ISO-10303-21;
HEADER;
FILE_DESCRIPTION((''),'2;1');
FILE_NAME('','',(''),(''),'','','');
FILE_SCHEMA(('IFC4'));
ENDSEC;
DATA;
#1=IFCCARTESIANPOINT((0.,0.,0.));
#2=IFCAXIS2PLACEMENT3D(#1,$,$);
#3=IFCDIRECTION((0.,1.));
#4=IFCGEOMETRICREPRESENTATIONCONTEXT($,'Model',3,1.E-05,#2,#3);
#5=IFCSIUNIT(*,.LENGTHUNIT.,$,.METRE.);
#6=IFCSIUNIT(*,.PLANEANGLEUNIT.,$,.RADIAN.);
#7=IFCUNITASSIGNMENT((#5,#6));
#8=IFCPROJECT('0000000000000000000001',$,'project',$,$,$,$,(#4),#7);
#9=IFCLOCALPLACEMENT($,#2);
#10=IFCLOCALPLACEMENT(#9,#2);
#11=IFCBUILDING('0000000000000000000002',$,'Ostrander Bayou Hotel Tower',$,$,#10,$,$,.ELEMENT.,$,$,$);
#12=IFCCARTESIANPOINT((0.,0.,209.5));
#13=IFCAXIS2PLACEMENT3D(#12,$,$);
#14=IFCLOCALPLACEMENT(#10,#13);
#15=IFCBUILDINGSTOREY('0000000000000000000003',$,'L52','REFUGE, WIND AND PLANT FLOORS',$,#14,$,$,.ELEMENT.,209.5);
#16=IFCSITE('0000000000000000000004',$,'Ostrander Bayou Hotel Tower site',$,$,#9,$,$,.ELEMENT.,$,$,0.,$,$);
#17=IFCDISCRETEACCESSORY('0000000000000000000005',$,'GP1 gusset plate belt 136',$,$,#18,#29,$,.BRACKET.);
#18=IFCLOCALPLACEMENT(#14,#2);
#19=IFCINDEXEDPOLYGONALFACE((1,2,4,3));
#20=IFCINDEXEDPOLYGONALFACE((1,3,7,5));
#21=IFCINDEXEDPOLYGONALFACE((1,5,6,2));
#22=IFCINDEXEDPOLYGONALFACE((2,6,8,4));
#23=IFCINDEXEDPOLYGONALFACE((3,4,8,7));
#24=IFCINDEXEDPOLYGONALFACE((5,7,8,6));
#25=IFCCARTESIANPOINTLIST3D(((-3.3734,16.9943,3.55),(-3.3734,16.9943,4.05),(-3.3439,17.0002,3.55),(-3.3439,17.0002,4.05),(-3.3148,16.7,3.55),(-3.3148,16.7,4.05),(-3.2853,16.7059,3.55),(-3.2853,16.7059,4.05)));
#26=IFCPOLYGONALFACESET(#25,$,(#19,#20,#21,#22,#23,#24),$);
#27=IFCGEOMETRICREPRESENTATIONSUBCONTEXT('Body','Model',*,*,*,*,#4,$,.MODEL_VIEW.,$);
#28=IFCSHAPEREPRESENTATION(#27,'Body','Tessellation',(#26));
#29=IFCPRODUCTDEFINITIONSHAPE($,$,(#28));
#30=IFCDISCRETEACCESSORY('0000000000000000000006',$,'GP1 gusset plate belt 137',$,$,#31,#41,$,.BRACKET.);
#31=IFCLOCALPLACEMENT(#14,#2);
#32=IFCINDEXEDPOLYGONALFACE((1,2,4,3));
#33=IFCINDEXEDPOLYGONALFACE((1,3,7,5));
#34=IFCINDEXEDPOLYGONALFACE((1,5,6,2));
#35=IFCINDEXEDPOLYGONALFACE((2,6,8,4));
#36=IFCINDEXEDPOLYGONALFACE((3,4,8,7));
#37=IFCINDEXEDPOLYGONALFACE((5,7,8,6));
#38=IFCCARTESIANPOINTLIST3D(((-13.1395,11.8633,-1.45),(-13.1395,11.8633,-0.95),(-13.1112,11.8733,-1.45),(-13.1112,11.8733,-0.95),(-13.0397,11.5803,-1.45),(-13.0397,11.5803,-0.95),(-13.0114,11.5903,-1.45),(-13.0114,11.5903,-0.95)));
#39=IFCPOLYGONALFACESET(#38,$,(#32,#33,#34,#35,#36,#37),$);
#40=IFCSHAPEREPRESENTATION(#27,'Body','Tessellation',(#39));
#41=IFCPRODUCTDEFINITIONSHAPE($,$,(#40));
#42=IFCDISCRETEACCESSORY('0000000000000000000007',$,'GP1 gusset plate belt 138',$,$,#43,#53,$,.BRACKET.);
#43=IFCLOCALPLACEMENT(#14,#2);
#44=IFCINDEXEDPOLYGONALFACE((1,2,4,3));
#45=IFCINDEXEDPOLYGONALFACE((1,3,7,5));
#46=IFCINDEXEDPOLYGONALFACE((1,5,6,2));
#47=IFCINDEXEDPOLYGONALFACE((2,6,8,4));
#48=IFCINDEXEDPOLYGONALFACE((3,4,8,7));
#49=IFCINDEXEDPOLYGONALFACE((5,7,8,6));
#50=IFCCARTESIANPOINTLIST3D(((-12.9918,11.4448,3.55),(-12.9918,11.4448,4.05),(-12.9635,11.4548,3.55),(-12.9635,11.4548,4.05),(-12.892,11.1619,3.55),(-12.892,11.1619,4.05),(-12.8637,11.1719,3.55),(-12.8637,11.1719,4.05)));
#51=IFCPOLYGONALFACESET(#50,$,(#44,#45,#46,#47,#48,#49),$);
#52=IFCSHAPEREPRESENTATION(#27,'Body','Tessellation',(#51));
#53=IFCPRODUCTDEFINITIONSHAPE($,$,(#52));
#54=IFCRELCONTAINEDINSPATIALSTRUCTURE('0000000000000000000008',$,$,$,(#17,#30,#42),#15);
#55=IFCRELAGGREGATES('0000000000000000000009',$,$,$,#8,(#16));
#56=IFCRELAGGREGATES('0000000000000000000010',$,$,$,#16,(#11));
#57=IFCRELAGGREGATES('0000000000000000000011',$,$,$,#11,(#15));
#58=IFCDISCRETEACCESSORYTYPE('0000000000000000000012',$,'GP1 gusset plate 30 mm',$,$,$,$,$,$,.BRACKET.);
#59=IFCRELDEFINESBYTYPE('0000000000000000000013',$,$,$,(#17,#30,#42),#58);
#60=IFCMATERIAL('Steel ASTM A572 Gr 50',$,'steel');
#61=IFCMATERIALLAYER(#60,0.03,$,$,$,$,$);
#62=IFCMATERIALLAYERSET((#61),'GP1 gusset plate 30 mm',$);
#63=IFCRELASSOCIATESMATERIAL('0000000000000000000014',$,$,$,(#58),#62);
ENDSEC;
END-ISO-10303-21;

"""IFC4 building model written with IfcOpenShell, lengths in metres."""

from ifc_helpers import new_model, si_unit, direction, frame, origin, origin_2d, place, context, subcontext, project, spatial, rectangle, extrude, material, layer, layer_set, type_object, element, save


model = new_model("IFC4")

# Units and contexts
model_context = context("Model", 3, precision=1e-05, world=origin(), true_north=direction((0.0, 1.0)))
body_context = subcontext(model_context, "Body", "Model", "MODEL_VIEW")
ifc_project = project(units=[si_unit("LENGTHUNIT", "METRE"), si_unit("PLANEANGLEUNIT", "RADIAN")], contexts=[model_context])

# Site, building, storey
site_placement = place(None, origin())
site = spatial("IfcSite", under=ifc_project, at=site_placement, Name="Ostrander Bayou Hotel Tower site", CompositionType="ELEMENT", RefElevation=0.0)
building_placement = place(site_placement, origin())
building = spatial("IfcBuilding", under=site, at=building_placement, Name="Ostrander Bayou Hotel Tower", CompositionType="ELEMENT")
storey_placement = place(building_placement, frame((0.0, 0.0, 209.5)))
storey = spatial("IfcBuildingStorey", under=building, at=storey_placement, Name="L52", Description="REFUGE, WIND AND PLANT FLOORS", CompositionType="ELEMENT", Elevation=209.5)

# Discrete accessories
ifc_material_1 = material(Name="Steel ASTM A572 Gr 50", Category="steel")
ifc_layer_1 = layer(ifc_material_1, 0.03)
ifc_layer_set_1 = layer_set([ifc_layer_1], Name="GP1 gusset plate 30 mm")
discrete_accessory_type = type_object("IfcDiscreteAccessoryType", Name="GP1 gusset plate 30 mm", PredefinedType="BRACKET", material=ifc_layer_set_1)
for number, where, z_axis, x_axis, name in (
    (1, (-3.3293, 16.8501, 3.55), (0.0, 0.0, 1.0), (0.195279, -0.980748, 0.0), "GP1 gusset plate belt 136"),
    (2, (-13.0754, 11.7268, -1.45), (0.0, 0.0, 1.0), (0.332737, -0.94302, 0.0), "GP1 gusset plate belt 137"),
    (3, (-12.9277, 11.3083, 3.55), (0.0, 0.0, 1.0), (0.332737, -0.94302, 0.0), "GP1 gusset plate belt 138"),
):
    element("IfcDiscreteAccessory", number, at=place(storey_placement, frame(where, z_axis=z_axis, x_axis=x_axis)), inside=storey, type_object=discrete_accessory_type, Name=name, PredefinedType="BRACKET", context=body_context, shape_type="SweptSolid", body=[
        extrude(rectangle(XDim=0.3, YDim=0.03, at=origin_2d()), origin(), (0.0, 0.0, 1.0), 0.5),
    ])

save(model, "model.ifc")
